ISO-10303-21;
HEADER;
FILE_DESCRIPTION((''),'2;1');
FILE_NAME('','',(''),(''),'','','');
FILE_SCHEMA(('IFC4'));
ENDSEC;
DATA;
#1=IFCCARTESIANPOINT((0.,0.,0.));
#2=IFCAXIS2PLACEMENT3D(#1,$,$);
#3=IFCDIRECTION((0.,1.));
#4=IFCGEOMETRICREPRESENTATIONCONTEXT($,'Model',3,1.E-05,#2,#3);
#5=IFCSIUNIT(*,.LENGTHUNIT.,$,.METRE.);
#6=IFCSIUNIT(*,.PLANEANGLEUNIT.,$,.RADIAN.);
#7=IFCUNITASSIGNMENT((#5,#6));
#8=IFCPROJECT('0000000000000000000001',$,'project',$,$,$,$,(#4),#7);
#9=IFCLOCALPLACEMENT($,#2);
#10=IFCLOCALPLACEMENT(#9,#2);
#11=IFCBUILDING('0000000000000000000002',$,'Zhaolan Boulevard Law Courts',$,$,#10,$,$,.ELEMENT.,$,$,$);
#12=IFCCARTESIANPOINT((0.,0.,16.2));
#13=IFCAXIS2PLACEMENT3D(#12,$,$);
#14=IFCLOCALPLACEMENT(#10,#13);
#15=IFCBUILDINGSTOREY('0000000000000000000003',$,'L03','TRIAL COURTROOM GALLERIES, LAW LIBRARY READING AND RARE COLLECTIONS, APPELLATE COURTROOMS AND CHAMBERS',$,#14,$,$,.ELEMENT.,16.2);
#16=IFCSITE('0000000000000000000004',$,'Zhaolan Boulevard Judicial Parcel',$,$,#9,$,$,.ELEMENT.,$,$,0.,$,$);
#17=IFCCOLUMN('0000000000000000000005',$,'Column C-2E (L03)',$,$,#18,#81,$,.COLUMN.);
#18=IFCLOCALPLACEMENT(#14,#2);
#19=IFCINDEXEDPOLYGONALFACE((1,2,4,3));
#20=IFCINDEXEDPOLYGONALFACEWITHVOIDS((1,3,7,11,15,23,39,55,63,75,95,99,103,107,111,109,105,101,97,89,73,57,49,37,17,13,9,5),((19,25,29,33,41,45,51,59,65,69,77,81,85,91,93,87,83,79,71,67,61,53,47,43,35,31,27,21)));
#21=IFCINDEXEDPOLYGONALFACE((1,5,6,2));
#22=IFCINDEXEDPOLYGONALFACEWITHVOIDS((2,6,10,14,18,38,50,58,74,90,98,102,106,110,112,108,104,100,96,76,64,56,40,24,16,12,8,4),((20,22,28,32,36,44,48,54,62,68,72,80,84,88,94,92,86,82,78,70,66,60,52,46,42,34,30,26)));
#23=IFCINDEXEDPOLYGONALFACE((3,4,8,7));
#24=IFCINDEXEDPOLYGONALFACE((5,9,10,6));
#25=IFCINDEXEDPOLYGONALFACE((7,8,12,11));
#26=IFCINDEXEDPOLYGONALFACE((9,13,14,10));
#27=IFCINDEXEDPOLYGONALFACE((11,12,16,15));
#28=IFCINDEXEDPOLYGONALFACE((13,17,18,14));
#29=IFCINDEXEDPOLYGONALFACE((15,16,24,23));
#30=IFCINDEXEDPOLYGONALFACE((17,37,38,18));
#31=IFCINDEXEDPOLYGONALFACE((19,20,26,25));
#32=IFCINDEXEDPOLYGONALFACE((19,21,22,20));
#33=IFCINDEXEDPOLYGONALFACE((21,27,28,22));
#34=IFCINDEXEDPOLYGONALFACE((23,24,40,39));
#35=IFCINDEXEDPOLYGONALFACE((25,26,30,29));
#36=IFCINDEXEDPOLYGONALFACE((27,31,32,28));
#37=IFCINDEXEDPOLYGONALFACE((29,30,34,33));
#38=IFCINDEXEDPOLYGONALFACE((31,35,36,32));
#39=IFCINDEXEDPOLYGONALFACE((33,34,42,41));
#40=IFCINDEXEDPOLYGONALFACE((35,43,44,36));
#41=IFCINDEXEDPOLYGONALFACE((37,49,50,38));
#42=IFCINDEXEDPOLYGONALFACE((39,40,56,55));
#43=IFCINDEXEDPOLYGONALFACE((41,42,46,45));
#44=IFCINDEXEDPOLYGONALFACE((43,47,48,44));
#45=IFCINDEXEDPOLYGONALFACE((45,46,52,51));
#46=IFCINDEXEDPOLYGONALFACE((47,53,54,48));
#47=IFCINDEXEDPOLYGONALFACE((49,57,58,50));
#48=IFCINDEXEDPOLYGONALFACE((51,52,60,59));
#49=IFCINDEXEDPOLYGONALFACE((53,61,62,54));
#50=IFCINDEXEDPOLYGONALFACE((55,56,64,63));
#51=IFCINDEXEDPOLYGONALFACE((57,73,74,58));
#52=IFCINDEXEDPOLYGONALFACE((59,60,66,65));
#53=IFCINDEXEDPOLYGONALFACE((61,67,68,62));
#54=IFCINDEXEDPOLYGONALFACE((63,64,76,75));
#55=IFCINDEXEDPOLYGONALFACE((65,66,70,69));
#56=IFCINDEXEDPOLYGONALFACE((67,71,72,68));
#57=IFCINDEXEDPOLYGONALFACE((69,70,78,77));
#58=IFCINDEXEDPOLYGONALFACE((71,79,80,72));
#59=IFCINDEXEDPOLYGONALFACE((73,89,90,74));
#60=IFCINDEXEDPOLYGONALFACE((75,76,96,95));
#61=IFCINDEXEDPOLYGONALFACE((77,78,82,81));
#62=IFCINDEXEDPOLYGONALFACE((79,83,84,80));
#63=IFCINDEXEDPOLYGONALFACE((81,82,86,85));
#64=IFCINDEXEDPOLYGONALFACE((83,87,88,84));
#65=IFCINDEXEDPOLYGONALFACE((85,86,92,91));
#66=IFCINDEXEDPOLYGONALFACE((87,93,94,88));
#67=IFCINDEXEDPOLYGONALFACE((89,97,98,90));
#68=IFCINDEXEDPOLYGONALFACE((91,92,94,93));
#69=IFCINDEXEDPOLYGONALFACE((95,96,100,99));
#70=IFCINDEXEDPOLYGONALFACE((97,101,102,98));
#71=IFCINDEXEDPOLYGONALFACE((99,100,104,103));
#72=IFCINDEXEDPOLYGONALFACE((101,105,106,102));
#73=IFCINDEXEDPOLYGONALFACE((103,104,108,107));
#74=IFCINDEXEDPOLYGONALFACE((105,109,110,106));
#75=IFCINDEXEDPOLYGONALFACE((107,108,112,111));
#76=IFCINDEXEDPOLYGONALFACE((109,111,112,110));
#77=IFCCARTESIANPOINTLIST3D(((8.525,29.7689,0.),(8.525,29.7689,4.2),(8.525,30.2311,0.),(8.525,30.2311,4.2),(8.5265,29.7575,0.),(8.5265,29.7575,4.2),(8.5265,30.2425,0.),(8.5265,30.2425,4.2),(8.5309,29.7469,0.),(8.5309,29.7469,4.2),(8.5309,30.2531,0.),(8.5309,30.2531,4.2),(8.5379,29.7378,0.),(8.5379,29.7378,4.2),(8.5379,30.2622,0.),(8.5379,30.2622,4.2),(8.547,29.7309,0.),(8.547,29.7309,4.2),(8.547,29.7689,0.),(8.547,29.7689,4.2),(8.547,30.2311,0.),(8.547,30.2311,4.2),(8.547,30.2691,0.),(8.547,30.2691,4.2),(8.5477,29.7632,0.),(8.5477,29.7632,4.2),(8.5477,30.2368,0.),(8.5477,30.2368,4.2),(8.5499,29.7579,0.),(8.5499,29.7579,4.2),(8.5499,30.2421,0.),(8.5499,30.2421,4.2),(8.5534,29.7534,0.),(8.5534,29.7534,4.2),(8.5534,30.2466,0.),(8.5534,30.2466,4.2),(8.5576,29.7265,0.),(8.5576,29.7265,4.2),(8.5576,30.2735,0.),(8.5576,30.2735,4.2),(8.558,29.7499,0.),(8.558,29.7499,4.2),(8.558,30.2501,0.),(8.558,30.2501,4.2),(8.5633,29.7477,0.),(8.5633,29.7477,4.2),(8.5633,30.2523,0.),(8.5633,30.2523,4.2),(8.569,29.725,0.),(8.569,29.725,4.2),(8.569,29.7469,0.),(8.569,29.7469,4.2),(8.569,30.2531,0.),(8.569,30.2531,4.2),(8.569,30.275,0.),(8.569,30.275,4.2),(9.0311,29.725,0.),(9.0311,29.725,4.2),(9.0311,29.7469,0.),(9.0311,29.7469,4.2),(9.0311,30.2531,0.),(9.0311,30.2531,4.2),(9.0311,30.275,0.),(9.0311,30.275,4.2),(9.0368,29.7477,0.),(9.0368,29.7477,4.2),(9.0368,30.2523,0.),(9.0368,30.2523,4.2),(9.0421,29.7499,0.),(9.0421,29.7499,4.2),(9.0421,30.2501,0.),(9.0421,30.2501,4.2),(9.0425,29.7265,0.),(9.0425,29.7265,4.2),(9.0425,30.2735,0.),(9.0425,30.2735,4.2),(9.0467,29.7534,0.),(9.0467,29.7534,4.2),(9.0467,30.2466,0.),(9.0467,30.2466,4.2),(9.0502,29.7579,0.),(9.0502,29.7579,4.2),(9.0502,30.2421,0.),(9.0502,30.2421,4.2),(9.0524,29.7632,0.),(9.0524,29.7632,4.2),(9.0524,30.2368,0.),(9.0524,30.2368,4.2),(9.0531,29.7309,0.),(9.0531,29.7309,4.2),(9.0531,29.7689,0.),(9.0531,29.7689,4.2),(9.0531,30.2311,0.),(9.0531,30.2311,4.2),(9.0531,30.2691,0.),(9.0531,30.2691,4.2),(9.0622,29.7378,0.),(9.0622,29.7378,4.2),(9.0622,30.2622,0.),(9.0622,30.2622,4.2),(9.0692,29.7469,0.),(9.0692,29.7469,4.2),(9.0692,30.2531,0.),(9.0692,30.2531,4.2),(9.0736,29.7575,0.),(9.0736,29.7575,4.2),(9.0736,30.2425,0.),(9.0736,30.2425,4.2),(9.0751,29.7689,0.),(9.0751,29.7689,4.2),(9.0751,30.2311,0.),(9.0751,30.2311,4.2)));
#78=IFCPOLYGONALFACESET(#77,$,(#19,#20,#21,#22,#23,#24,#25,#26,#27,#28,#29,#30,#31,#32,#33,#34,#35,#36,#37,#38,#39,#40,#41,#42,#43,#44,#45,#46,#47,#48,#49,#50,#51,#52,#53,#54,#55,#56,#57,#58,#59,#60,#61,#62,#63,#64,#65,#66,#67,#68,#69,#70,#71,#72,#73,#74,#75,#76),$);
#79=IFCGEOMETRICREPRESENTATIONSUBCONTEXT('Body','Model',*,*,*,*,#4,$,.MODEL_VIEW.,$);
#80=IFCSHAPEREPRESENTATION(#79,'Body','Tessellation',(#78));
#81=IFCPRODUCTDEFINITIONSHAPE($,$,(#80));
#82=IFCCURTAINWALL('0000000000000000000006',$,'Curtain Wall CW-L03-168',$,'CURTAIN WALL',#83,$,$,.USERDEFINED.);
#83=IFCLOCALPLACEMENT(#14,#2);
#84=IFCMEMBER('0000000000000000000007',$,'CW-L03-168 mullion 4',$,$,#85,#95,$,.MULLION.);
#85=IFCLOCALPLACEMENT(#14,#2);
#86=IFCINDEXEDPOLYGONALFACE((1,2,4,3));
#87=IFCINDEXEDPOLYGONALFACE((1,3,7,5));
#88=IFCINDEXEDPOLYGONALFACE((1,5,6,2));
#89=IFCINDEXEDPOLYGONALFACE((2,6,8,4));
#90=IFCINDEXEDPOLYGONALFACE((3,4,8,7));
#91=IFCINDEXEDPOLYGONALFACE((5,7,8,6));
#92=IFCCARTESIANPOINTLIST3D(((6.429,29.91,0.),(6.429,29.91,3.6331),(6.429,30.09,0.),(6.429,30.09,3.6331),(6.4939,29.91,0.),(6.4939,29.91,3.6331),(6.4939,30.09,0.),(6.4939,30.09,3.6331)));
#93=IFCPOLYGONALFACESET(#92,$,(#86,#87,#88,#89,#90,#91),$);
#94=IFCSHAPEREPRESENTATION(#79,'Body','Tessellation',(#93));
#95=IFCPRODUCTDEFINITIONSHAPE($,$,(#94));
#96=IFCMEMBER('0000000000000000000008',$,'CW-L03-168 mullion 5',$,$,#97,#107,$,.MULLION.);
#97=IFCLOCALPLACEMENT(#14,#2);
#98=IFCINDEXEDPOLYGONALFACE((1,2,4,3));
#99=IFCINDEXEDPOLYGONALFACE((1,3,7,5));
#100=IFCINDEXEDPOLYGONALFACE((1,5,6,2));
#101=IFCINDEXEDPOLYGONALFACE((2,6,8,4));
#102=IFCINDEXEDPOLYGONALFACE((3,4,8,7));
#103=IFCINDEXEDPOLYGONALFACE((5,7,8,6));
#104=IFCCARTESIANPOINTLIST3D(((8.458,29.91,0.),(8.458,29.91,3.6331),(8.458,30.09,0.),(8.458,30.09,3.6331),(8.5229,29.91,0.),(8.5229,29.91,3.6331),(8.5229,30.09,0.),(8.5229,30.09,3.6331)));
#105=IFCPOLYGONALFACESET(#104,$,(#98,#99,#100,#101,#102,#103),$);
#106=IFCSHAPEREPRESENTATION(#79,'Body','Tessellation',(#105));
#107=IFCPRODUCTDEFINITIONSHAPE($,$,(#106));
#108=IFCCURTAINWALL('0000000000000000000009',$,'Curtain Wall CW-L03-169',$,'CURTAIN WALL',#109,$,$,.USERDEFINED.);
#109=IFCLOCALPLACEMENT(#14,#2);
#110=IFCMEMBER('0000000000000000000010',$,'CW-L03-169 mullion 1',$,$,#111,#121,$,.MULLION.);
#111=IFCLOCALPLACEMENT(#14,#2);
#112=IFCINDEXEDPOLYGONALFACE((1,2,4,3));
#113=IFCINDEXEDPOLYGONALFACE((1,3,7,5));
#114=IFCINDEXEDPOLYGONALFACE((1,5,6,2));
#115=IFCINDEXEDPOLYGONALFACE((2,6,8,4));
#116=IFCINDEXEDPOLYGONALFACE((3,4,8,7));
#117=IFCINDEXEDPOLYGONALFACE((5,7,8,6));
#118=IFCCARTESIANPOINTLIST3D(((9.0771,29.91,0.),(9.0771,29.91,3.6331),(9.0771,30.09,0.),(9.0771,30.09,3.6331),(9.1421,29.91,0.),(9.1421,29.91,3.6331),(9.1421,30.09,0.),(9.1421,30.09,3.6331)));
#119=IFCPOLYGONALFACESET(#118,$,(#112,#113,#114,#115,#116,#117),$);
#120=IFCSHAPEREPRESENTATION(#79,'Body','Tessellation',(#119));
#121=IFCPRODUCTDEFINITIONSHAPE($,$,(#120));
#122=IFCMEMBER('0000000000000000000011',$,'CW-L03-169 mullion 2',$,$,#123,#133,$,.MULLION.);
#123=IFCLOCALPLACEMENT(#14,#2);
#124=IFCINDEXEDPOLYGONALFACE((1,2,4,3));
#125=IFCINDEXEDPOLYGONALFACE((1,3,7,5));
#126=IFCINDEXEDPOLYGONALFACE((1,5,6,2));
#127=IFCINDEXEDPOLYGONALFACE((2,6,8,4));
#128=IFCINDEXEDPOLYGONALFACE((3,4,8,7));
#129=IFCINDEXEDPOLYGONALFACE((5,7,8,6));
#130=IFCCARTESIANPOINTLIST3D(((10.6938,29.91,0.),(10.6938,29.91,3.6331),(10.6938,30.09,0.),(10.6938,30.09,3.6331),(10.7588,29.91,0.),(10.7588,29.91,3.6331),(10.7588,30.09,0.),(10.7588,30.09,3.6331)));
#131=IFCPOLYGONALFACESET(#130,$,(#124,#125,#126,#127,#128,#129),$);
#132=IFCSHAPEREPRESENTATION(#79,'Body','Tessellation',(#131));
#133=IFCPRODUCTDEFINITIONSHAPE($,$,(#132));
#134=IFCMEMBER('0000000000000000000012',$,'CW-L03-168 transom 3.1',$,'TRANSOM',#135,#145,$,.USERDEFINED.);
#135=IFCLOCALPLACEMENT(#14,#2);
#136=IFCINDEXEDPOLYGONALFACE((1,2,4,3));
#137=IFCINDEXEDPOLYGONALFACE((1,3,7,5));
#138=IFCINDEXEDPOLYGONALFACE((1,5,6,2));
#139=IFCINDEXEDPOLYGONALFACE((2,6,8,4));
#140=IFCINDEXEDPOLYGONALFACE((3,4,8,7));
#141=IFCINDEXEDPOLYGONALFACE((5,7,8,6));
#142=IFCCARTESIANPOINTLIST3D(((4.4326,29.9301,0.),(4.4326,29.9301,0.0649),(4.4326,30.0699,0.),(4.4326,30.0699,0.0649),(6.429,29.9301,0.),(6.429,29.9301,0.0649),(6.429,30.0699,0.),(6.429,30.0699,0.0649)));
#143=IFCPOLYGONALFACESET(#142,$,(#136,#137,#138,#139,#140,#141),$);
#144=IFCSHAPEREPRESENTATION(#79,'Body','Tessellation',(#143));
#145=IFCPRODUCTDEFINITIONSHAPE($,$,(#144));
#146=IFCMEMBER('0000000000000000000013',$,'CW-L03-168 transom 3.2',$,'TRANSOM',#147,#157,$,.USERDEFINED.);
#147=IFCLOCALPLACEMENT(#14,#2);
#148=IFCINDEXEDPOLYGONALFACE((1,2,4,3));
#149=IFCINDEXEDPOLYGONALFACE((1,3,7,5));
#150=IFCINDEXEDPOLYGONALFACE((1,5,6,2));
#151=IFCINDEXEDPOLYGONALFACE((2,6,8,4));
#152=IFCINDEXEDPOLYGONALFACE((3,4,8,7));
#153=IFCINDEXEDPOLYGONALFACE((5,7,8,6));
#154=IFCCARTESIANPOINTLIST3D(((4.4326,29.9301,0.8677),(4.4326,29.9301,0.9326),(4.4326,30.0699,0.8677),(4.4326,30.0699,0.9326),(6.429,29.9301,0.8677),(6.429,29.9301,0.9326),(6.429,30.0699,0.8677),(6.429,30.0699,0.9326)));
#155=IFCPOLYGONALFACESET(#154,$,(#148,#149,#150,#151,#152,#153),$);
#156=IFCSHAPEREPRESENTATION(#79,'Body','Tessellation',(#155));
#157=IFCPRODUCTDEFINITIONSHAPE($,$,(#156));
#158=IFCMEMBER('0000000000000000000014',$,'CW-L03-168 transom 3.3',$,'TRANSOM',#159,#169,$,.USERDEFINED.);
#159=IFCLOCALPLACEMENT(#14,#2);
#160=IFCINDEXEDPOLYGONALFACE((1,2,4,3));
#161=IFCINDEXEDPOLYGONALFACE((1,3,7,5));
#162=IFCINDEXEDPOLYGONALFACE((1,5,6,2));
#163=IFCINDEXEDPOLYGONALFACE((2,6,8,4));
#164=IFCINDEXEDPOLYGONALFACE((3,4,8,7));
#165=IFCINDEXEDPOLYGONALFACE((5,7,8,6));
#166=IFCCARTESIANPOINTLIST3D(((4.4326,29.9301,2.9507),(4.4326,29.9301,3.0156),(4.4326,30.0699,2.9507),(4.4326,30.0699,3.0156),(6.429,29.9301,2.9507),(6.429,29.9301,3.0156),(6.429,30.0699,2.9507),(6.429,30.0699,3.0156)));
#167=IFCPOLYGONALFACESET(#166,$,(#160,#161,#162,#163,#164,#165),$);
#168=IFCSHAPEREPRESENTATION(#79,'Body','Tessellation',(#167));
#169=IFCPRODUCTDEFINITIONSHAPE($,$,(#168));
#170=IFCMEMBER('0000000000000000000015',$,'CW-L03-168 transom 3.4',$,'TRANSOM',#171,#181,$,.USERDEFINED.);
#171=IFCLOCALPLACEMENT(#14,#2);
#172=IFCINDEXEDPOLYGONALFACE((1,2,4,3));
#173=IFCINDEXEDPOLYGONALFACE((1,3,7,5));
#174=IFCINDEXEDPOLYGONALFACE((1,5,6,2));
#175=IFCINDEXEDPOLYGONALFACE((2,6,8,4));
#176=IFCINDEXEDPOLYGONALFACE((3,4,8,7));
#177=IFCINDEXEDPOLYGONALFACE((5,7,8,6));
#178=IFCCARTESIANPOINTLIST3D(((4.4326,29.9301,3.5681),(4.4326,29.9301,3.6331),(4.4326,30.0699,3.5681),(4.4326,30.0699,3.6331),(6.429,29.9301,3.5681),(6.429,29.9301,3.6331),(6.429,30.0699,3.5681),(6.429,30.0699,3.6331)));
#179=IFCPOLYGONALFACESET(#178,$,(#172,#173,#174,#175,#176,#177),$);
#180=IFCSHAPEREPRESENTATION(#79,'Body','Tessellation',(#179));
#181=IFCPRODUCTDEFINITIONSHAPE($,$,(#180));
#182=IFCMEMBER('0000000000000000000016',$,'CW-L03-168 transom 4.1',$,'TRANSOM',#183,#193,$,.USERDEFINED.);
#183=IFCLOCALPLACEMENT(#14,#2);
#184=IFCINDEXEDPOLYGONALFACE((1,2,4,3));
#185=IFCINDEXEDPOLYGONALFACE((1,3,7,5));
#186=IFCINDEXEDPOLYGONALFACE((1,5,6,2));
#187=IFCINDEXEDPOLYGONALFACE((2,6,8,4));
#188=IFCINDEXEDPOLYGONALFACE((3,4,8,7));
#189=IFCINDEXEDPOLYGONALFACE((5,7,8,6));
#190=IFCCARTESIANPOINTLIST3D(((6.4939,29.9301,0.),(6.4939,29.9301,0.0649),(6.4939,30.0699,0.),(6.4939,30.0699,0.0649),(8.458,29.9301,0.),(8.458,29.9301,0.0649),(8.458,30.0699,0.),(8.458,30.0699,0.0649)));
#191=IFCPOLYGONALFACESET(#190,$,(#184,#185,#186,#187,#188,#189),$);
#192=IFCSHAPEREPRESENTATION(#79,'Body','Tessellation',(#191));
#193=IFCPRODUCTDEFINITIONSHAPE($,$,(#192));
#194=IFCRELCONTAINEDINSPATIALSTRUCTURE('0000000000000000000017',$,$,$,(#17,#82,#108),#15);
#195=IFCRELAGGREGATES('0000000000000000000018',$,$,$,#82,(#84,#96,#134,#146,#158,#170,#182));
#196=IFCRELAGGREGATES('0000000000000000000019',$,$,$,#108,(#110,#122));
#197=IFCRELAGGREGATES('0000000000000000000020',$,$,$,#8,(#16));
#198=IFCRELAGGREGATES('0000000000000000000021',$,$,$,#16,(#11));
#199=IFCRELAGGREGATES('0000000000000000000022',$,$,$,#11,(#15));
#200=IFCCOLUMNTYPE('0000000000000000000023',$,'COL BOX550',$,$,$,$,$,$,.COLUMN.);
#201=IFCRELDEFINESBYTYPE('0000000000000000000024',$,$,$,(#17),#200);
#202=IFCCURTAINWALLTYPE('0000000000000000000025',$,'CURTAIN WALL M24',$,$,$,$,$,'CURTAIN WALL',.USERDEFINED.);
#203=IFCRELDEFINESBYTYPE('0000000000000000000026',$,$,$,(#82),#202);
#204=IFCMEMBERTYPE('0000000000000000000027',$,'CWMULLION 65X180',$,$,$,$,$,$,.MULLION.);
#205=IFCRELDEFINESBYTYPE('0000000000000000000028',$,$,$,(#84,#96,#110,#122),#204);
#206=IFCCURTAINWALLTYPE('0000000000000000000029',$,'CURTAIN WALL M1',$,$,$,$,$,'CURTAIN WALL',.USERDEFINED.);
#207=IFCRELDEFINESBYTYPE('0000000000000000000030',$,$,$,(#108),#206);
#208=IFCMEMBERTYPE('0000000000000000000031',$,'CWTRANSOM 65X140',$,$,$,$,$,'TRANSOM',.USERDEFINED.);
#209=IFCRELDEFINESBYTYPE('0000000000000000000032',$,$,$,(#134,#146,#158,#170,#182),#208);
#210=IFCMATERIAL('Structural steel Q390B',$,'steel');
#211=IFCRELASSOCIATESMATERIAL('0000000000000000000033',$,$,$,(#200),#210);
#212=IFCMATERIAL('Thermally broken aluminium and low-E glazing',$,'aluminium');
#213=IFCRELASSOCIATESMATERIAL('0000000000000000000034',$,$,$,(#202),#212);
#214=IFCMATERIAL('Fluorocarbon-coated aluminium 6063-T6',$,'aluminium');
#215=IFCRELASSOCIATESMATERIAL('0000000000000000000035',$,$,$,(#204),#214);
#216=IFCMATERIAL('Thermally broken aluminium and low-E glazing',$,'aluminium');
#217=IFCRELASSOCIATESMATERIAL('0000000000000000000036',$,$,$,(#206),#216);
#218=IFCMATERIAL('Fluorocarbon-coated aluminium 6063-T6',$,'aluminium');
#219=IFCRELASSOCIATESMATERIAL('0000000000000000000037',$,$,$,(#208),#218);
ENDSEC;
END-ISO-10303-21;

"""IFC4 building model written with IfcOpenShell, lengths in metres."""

from ifc_helpers import new_model, si_unit, direction, frame, origin, origin_2d, place, context, subcontext, project, spatial, rectangle, hollow_rectangle, extrude, material, material_profile, profile_set, type_object, element, aggregate, save


model = new_model("IFC4")

# Units and contexts
model_context = context("Model", 3, precision=1e-05, world=origin(), true_north=direction((0.0, 1.0)))
body_context = subcontext(model_context, "Body", "Model", "MODEL_VIEW")
ifc_project = project(units=[si_unit("LENGTHUNIT", "METRE"), si_unit("PLANEANGLEUNIT", "RADIAN")], contexts=[model_context])

# Site, building, storey
site_placement = place(None, origin())
site = spatial("IfcSite", under=ifc_project, at=site_placement, Name="Zhaolan Boulevard Judicial Parcel", CompositionType="ELEMENT", RefElevation=0.0)
building_placement = place(site_placement, origin())
building = spatial("IfcBuilding", under=site, at=building_placement, Name="Zhaolan Boulevard Law Courts", CompositionType="ELEMENT")
storey_placement = place(building_placement, frame((0.0, 0.0, 16.2)))
storey = spatial("IfcBuildingStorey", under=building, at=storey_placement, Name="L03", Description="TRIAL COURTROOM GALLERIES, LAW LIBRARY READING AND RARE COLLECTIONS, APPELLATE COURTROOMS AND CHAMBERS", CompositionType="ELEMENT", Elevation=16.2)

# Column
ifc_material_1 = material(Name="Structural steel Q390B", Category="steel")
ifc_material_profile_1 = material_profile(ifc_material_1, hollow_rectangle(XDim=0.55, YDim=0.55, WallThickness=0.022, InnerFilletRadius=0.022, OuterFilletRadius=0.0439, at=origin_2d()), Name="BOX550x550x22")
ifc_profile_set_1 = profile_set([ifc_material_profile_1], Name="Structural steel Q390B")
column_type = type_object("IfcColumnType", Name="COL BOX550", PredefinedType="COLUMN", material=ifc_profile_set_1)
column_placement = place(storey_placement, frame((8.8, 30.0, 0.0), z_axis=(0.0, 0.0, 1.0), x_axis=(1.0, 0.0, 0.0)))
element("IfcColumn", 1, at=column_placement, inside=storey, type_object=column_type, Name="Column C-2E (L03)", PredefinedType="COLUMN", context=body_context, shape_type="SweptSolid", body=[
    extrude(hollow_rectangle(XDim=0.55, YDim=0.55, WallThickness=0.022, InnerFilletRadius=0.022, OuterFilletRadius=0.0439, at=origin_2d()), origin(), (0.0, 0.0, 1.0), 4.2),
])

# Curtain walls, members
ifc_material_2 = material(Name="Thermally broken aluminium and low-E glazing", Category="aluminium")
curtain_wall_type_1 = type_object("IfcCurtainWallType", Name="CURTAIN WALL M24", ElementType="CURTAIN WALL", PredefinedType="USERDEFINED", material=ifc_material_2)
curtain_wall_1_placement = place(storey_placement, origin())
curtain_wall_1 = element("IfcCurtainWall", 2, at=curtain_wall_1_placement, inside=storey, type_object=curtain_wall_type_1, Name="Curtain Wall CW-L03-168", ObjectType="CURTAIN WALL", PredefinedType="USERDEFINED")
ifc_material_3 = material(Name="Fluorocarbon-coated aluminium 6063-T6", Category="aluminium")
ifc_material_profile_2 = material_profile(ifc_material_3, rectangle(XDim=0.1799, YDim=0.0649, at=origin_2d()), Name="AL65x180")
ifc_profile_set_2 = profile_set([ifc_material_profile_2], Name="Fluorocarbon-coated aluminium 6063-T6")
member_type_1 = type_object("IfcMemberType", Name="CWMULLION 65X180", PredefinedType="MULLION", material=ifc_profile_set_2)
member_1_placement = place(storey_placement, frame((6.4614, 30.0, 0.0), z_axis=(0.0, 0.0, 1.0), x_axis=(0.0, 1.0, 0.0)))
member_1 = element("IfcMember", 3, at=member_1_placement, type_object=member_type_1, Name="CW-L03-168 mullion 4", PredefinedType="MULLION", context=body_context, shape_type="SweptSolid", body=[
    extrude(rectangle(XDim=0.1799, YDim=0.0649, at=origin_2d()), origin(), (0.0, 0.0, 1.0), 3.6331),
])
member_2_placement = place(storey_placement, frame((8.4905, 30.0, 0.0), z_axis=(0.0, 0.0, 1.0), x_axis=(0.0, 1.0, 0.0)))
member_2 = element("IfcMember", 4, at=member_2_placement, type_object=member_type_1, Name="CW-L03-168 mullion 5", PredefinedType="MULLION", context=body_context, shape_type="SweptSolid", body=[
    extrude(rectangle(XDim=0.1799, YDim=0.0649, at=origin_2d()), origin(), (0.0, 0.0, 1.0), 3.6331),
])
ifc_material_4 = material(Name="Thermally broken aluminium and low-E glazing", Category="aluminium")
curtain_wall_type_2 = type_object("IfcCurtainWallType", Name="CURTAIN WALL M1", ElementType="CURTAIN WALL", PredefinedType="USERDEFINED", material=ifc_material_4)
curtain_wall_2_placement = place(storey_placement, origin())
curtain_wall_2 = element("IfcCurtainWall", 5, at=curtain_wall_2_placement, inside=storey, type_object=curtain_wall_type_2, Name="Curtain Wall CW-L03-169", ObjectType="CURTAIN WALL", PredefinedType="USERDEFINED")
member_3_placement = place(storey_placement, frame((9.1096, 30.0, 0.0), z_axis=(0.0, 0.0, 1.0), x_axis=(0.0, 1.0, 0.0)))
member_3 = element("IfcMember", 6, at=member_3_placement, type_object=member_type_1, Name="CW-L03-169 mullion 1", PredefinedType="MULLION", context=body_context, shape_type="SweptSolid", body=[
    extrude(rectangle(XDim=0.1799, YDim=0.0649, at=origin_2d()), origin(), (0.0, 0.0, 1.0), 3.6331),
])
member_4_placement = place(storey_placement, frame((10.7263, 30.0, 0.0), z_axis=(0.0, 0.0, 1.0), x_axis=(0.0, 1.0, 0.0)))
member_4 = element("IfcMember", 7, at=member_4_placement, type_object=member_type_1, Name="CW-L03-169 mullion 2", PredefinedType="MULLION", context=body_context, shape_type="SweptSolid", body=[
    extrude(rectangle(XDim=0.1799, YDim=0.0649, at=origin_2d()), origin(), (0.0, 0.0, 1.0), 3.6331),
])

# Members
ifc_material_5 = material(Name="Fluorocarbon-coated aluminium 6063-T6", Category="aluminium")
ifc_material_profile_3 = material_profile(ifc_material_5, rectangle(XDim=0.1399, YDim=0.0649, at=origin_2d()), Name="AL65x140")
ifc_profile_set_3 = profile_set([ifc_material_profile_3], Name="Fluorocarbon-coated aluminium 6063-T6")
member_type_2 = type_object("IfcMemberType", Name="CWTRANSOM 65X140", ElementType="TRANSOM", PredefinedType="USERDEFINED", material=ifc_profile_set_3)
member_5_placement = place(storey_placement, frame((4.4326, 30.0, 0.0325), z_axis=(1.0, 0.0, 0.0), x_axis=(0.0, 1.0, 0.0)))
member_5 = element("IfcMember", 8, at=member_5_placement, type_object=member_type_2, Name="CW-L03-168 transom 3.1", ObjectType="TRANSOM", PredefinedType="USERDEFINED", context=body_context, shape_type="SweptSolid", body=[
    extrude(rectangle(XDim=0.1399, YDim=0.0649, at=origin_2d()), origin(), (0.0, 0.0, 1.0), 1.9963),
])
member_6_placement = place(storey_placement, frame((4.4326, 30.0, 0.9001), z_axis=(1.0, 0.0, 0.0), x_axis=(0.0, 1.0, 0.0)))
member_6 = element("IfcMember", 9, at=member_6_placement, type_object=member_type_2, Name="CW-L03-168 transom 3.2", ObjectType="TRANSOM", PredefinedType="USERDEFINED", context=body_context, shape_type="SweptSolid", body=[
    extrude(rectangle(XDim=0.1399, YDim=0.0649, at=origin_2d()), origin(), (0.0, 0.0, 1.0), 1.9963),
])
member_7_placement = place(storey_placement, frame((4.4326, 30.0, 2.9832), z_axis=(1.0, 0.0, 0.0), x_axis=(0.0, 1.0, 0.0)))
member_7 = element("IfcMember", 10, at=member_7_placement, type_object=member_type_2, Name="CW-L03-168 transom 3.3", ObjectType="TRANSOM", PredefinedType="USERDEFINED", context=body_context, shape_type="SweptSolid", body=[
    extrude(rectangle(XDim=0.1399, YDim=0.0649, at=origin_2d()), origin(), (0.0, 0.0, 1.0), 1.9963),
])
member_8_placement = place(storey_placement, frame((4.4326, 30.0, 3.6006), z_axis=(1.0, 0.0, 0.0), x_axis=(0.0, 1.0, 0.0)))
member_8 = element("IfcMember", 11, at=member_8_placement, type_object=member_type_2, Name="CW-L03-168 transom 3.4", ObjectType="TRANSOM", PredefinedType="USERDEFINED", context=body_context, shape_type="SweptSolid", body=[
    extrude(rectangle(XDim=0.1399, YDim=0.0649, at=origin_2d()), origin(), (0.0, 0.0, 1.0), 1.9963),
])
member_9_placement = place(storey_placement, frame((6.4939, 30.0, 0.0325), z_axis=(1.0, 0.0, 0.0), x_axis=(0.0, 1.0, 0.0)))
member_9 = element("IfcMember", 12, at=member_9_placement, type_object=member_type_2, Name="CW-L03-168 transom 4.1", ObjectType="TRANSOM", PredefinedType="USERDEFINED", context=body_context, shape_type="SweptSolid", body=[
    extrude(rectangle(XDim=0.1399, YDim=0.0649, at=origin_2d()), origin(), (0.0, 0.0, 1.0), 1.9641),
])

aggregate(curtain_wall_1, [member_1, member_2, member_5, member_6, member_7, member_8, member_9])
aggregate(curtain_wall_2, [member_3, member_4])

save(model, "model.ifc")
